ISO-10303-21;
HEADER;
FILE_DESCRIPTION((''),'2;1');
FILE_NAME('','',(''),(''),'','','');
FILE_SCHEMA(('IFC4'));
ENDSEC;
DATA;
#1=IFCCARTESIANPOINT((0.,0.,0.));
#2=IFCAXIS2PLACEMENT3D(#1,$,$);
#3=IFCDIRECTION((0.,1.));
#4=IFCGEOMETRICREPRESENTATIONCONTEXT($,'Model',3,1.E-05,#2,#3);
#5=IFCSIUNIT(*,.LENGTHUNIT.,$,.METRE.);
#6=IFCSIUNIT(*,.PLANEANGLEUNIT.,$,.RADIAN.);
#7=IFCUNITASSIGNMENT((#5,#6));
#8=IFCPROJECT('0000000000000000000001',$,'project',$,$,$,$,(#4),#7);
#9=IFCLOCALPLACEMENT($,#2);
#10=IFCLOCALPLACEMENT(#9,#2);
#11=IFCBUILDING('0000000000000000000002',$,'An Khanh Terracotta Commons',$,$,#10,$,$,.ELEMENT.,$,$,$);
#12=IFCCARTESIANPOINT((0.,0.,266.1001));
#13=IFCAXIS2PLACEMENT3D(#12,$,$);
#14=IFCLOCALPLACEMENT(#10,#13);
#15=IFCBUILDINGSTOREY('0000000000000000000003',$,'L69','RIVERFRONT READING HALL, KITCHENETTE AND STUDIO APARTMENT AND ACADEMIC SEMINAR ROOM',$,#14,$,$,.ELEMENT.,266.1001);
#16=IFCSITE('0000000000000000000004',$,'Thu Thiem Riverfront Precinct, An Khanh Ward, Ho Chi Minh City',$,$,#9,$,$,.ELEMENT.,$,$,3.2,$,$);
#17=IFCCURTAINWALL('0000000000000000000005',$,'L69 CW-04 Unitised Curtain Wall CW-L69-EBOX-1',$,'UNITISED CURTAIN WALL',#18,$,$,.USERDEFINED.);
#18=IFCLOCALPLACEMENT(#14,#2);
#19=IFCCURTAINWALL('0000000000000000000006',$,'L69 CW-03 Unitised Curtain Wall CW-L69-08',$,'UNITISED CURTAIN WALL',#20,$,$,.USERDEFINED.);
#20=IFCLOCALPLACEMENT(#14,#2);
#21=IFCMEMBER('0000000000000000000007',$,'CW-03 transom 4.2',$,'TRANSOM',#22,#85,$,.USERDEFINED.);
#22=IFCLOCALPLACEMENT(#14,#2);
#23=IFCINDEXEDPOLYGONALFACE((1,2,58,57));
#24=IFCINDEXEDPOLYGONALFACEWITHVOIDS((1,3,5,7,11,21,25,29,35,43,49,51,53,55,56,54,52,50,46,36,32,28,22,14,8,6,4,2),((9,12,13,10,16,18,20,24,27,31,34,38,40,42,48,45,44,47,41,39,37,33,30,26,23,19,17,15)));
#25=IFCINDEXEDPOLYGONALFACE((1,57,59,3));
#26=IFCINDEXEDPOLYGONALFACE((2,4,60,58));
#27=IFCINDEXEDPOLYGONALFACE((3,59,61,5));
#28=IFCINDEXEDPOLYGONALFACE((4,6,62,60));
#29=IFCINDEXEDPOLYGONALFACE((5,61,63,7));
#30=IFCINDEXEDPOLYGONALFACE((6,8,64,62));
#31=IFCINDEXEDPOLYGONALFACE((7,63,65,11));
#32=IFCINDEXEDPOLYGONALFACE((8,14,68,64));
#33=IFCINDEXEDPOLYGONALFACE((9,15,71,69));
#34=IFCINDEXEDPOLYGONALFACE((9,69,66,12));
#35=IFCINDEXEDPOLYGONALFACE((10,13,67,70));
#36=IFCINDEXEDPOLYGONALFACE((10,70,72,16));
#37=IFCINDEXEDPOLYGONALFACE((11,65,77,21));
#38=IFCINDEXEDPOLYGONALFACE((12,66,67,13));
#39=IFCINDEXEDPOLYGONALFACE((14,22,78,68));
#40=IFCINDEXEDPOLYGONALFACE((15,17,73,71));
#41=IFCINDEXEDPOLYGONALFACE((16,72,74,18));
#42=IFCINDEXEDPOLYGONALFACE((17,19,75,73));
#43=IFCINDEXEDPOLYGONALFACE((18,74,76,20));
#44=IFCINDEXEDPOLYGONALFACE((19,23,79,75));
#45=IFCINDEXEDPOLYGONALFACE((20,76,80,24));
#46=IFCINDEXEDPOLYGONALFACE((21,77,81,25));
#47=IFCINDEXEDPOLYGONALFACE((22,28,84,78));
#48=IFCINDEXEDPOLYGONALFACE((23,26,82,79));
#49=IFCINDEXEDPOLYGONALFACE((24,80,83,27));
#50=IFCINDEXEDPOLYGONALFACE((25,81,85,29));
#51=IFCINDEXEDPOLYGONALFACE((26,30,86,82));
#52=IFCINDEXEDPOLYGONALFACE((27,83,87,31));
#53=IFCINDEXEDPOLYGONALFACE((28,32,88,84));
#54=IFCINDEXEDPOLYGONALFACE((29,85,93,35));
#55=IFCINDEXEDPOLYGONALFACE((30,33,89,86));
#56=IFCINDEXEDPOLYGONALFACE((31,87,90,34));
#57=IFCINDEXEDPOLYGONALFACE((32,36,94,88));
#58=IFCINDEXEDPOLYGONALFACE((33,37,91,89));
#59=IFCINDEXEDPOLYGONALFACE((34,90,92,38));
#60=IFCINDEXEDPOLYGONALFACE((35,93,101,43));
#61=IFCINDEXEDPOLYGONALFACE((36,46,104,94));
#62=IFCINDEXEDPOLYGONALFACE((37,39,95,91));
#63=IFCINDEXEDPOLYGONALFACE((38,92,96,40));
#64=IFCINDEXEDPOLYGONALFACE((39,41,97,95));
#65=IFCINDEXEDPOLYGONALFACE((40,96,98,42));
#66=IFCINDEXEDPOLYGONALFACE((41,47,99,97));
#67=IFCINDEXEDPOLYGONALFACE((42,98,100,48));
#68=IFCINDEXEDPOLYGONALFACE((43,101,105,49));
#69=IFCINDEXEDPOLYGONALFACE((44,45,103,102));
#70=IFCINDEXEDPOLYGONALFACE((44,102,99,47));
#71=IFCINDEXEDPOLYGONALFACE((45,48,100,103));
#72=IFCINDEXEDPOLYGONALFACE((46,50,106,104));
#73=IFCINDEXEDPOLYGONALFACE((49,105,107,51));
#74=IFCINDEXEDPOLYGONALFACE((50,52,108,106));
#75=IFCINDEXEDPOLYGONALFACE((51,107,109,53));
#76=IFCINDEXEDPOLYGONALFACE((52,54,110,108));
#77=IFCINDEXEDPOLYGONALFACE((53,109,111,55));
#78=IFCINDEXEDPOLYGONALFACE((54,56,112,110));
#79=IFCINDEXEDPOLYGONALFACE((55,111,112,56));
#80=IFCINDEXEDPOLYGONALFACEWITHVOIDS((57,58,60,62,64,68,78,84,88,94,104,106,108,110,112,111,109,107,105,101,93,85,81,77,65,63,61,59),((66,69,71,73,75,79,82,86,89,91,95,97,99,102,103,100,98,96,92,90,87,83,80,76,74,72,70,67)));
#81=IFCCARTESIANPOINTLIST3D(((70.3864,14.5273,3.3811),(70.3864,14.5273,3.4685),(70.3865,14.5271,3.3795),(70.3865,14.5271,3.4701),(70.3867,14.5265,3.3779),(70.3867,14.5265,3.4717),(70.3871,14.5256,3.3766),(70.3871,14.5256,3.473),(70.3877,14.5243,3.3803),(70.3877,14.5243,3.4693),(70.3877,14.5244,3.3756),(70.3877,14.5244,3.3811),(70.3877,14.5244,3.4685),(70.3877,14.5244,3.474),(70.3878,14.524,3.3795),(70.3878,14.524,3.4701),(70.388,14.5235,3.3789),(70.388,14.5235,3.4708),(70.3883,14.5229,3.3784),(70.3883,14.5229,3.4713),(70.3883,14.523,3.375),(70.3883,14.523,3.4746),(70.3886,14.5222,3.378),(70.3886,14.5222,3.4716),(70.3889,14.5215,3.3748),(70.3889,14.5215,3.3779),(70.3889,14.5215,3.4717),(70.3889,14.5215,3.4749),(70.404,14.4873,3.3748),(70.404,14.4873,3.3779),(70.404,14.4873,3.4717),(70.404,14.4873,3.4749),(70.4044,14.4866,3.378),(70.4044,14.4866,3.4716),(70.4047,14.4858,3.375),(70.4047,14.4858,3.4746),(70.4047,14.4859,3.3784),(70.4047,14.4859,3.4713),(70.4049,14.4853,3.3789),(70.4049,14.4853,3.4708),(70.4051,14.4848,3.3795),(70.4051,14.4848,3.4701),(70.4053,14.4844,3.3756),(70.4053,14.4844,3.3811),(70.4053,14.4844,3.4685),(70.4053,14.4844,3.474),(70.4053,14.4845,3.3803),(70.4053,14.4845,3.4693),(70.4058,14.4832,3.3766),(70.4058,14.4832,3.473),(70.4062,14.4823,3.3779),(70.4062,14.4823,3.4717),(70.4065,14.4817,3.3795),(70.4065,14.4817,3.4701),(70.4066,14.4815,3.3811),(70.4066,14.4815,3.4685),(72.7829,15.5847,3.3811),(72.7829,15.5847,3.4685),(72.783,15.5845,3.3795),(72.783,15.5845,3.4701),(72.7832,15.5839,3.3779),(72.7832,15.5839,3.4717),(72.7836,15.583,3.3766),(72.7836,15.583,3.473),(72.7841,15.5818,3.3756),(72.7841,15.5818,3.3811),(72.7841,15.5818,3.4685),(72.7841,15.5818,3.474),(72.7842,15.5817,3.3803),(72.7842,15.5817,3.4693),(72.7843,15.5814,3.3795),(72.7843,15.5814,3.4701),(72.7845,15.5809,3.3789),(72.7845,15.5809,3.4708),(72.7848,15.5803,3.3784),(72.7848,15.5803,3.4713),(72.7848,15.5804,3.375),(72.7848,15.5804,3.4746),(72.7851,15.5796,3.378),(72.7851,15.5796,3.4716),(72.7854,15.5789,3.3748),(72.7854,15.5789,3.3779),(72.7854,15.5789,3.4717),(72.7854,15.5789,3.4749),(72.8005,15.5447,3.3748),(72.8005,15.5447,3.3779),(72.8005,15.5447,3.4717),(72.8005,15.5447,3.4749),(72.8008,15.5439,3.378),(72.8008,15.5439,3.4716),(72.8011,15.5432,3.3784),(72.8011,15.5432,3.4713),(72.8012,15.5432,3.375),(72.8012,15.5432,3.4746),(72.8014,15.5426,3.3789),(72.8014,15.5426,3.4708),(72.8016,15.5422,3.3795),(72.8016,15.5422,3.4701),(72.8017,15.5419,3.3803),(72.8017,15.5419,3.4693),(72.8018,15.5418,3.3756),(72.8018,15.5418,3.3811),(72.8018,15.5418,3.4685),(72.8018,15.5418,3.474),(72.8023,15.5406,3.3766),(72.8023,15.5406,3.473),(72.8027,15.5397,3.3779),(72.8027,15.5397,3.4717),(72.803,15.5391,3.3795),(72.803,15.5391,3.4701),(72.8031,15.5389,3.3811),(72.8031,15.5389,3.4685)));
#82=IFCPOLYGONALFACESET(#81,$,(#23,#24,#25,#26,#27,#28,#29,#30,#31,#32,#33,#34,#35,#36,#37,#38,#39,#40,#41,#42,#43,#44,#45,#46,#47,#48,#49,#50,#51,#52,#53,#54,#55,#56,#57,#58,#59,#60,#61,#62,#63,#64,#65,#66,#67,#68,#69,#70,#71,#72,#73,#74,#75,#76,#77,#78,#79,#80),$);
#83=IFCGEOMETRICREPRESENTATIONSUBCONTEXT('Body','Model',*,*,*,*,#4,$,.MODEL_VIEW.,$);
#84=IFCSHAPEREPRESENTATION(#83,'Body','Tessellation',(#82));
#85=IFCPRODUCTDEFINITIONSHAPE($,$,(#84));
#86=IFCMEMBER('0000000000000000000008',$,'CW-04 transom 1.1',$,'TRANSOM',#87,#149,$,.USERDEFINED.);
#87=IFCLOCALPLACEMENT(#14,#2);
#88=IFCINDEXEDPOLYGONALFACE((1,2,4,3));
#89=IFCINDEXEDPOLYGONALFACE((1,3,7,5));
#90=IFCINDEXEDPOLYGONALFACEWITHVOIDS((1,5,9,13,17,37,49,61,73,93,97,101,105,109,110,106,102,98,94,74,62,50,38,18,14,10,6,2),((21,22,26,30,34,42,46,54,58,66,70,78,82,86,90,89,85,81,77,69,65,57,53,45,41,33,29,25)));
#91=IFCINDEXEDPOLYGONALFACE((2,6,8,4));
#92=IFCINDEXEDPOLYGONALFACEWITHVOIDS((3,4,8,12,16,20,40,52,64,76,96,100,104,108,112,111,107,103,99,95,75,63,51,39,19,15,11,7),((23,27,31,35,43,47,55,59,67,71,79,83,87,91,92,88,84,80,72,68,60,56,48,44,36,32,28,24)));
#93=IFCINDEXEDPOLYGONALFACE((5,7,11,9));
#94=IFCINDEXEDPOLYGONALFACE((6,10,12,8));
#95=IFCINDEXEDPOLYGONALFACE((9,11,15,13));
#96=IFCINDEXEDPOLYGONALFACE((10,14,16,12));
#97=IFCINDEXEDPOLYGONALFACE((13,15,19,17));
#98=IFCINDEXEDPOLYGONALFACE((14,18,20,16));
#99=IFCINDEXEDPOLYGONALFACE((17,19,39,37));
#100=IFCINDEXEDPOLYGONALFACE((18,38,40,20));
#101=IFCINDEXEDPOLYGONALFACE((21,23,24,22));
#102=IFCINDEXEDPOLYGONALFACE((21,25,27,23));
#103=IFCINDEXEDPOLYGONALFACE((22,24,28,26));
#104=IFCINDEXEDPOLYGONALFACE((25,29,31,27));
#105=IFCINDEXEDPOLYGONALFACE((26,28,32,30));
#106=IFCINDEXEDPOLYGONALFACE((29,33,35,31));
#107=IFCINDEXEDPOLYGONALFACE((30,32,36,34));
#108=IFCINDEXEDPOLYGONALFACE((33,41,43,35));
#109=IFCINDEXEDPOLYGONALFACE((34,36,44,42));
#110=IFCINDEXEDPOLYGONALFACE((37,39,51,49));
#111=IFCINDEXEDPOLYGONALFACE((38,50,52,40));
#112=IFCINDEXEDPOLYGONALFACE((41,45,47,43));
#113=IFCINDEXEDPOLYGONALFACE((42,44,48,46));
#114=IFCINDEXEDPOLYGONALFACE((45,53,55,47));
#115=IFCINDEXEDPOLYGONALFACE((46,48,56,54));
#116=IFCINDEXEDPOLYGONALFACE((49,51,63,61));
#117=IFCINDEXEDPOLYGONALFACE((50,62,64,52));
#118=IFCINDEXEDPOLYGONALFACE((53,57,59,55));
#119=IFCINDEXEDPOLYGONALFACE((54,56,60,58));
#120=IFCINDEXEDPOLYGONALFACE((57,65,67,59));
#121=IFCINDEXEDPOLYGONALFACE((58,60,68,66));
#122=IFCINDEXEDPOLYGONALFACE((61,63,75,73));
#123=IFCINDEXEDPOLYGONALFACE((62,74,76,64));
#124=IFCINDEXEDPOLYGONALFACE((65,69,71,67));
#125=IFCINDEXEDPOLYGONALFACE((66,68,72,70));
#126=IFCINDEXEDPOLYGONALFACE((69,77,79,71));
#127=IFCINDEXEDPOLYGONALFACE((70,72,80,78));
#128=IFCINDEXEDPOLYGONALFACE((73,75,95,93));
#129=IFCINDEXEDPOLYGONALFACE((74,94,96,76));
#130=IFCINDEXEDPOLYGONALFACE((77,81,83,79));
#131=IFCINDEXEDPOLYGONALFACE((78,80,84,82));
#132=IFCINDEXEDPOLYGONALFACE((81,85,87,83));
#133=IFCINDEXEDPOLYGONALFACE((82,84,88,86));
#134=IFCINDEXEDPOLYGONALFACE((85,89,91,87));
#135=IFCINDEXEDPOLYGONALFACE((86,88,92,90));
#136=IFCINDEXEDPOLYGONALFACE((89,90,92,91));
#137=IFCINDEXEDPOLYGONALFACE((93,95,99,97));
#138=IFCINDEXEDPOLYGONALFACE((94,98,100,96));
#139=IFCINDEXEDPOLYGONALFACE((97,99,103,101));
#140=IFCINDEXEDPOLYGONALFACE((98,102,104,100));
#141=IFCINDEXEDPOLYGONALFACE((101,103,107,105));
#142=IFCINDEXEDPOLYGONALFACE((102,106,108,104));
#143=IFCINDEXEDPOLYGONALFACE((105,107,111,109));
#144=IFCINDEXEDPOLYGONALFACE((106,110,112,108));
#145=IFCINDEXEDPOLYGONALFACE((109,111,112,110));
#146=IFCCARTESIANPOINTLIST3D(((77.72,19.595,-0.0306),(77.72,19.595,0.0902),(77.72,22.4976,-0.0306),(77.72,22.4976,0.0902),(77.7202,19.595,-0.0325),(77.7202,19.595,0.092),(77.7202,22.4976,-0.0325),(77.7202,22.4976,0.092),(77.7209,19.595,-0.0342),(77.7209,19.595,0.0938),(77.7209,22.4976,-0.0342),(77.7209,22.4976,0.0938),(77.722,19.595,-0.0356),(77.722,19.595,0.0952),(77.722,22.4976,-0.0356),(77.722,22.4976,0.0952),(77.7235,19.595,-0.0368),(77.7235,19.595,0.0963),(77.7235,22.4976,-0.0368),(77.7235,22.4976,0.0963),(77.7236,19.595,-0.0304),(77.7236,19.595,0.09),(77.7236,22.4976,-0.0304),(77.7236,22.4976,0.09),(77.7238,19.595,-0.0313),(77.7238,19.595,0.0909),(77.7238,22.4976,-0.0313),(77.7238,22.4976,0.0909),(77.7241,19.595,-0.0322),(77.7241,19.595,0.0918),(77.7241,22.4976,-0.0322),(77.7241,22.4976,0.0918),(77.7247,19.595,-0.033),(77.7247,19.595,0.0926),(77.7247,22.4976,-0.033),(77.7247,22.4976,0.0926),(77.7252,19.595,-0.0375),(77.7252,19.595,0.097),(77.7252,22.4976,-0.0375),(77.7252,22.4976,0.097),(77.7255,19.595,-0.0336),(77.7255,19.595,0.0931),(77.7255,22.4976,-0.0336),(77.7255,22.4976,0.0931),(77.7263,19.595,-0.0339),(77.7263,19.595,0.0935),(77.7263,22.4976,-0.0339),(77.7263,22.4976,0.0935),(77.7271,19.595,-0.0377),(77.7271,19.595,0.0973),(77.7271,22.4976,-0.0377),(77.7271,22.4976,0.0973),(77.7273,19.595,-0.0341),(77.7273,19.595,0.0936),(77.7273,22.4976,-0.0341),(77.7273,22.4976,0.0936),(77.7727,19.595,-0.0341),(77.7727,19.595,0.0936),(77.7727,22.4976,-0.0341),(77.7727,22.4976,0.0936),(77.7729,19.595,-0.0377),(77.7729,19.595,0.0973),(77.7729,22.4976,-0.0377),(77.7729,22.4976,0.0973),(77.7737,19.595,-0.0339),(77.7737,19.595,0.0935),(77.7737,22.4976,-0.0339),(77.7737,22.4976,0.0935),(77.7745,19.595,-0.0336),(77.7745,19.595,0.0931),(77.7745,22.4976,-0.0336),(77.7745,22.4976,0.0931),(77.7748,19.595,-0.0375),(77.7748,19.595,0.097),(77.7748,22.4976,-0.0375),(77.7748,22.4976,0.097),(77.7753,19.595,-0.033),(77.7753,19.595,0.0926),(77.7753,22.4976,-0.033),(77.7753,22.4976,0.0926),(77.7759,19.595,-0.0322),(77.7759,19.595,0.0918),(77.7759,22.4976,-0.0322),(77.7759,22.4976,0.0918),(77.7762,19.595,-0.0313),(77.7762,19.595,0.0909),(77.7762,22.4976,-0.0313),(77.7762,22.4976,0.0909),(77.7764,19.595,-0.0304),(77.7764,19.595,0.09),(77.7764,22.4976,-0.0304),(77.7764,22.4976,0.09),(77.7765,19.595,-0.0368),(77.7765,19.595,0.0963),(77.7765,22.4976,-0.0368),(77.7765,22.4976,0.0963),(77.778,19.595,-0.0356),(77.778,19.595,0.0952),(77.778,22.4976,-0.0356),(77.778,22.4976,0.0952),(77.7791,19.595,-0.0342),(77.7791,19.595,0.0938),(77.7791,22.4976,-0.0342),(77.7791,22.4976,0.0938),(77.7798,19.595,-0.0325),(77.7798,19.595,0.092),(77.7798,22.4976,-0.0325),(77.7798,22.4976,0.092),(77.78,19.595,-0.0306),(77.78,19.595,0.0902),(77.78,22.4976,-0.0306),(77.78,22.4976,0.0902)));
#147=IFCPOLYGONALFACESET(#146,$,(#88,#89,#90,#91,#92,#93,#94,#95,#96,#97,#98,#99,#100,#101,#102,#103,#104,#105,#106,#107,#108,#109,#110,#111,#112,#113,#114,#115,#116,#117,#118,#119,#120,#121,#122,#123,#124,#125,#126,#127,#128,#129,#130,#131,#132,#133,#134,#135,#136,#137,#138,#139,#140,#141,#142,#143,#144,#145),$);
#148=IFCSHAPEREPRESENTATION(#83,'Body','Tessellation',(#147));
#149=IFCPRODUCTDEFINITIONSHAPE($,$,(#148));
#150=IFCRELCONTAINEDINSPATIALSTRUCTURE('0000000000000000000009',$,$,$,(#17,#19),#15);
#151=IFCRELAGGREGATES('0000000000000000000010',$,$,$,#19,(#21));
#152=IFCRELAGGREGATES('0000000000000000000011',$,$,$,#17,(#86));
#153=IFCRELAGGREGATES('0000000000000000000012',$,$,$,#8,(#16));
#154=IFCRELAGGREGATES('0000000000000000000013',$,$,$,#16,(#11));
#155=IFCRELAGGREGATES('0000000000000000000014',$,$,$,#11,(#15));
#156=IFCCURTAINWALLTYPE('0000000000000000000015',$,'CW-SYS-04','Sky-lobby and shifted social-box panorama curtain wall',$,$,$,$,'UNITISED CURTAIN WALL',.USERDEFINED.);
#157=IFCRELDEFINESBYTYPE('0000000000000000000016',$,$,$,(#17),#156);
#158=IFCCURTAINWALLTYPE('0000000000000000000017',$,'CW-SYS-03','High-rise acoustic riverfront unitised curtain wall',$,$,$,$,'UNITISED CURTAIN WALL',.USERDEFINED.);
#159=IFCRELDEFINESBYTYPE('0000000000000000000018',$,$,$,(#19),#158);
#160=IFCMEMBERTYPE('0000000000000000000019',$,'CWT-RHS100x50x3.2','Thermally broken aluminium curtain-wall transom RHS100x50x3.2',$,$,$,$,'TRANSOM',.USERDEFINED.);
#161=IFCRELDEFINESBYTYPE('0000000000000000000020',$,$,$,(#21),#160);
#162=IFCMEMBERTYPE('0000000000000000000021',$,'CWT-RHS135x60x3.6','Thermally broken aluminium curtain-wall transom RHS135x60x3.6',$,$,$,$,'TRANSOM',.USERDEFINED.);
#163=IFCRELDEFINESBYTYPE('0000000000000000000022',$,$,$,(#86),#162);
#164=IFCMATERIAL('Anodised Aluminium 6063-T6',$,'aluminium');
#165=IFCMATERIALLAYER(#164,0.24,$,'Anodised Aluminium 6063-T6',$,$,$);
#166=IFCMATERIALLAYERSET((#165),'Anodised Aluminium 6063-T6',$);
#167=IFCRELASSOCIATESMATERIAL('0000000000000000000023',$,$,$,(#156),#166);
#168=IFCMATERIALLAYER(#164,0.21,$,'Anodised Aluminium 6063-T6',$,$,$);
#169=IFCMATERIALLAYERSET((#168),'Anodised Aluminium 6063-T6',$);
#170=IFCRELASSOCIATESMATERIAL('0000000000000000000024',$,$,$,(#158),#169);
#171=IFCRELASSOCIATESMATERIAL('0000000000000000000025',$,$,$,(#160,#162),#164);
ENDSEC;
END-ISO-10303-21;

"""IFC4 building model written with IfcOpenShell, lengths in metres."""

from ifc_helpers import new_model, si_unit, direction, frame, origin, origin_2d, place, context, subcontext, project, spatial, hollow_rectangle, extrude, material, layer, layer_set, material_profile, profile_set, type_object, element, aggregate, save


model = new_model("IFC4")

# Units and contexts
model_context = context("Model", 3, precision=1e-05, world=origin(), true_north=direction((0.0, 1.0)))
body_context = subcontext(model_context, "Body", "Model", "MODEL_VIEW")
ifc_project = project(units=[si_unit("LENGTHUNIT", "METRE"), si_unit("PLANEANGLEUNIT", "RADIAN")], contexts=[model_context])

# Site, building, storey
site_placement = place(None, origin())
site = spatial("IfcSite", under=ifc_project, at=site_placement, Name="Thu Thiem Riverfront Precinct, An Khanh Ward, Ho Chi Minh City", CompositionType="ELEMENT", RefElevation=3.2)
building_placement = place(site_placement, origin())
building = spatial("IfcBuilding", under=site, at=building_placement, Name="An Khanh Terracotta Commons", CompositionType="ELEMENT")
storey_placement = place(building_placement, frame((0.0, 0.0, 266.1001)))
storey = spatial("IfcBuildingStorey", under=building, at=storey_placement, Name="L69", Description="RIVERFRONT READING HALL, KITCHENETTE AND STUDIO APARTMENT AND ACADEMIC SEMINAR ROOM", CompositionType="ELEMENT", Elevation=266.1001)

# Curtain walls, member
ifc_material_1 = material(Name="Anodised Aluminium 6063-T6", Category="aluminium")
ifc_layer_1 = layer(ifc_material_1, 0.24, Name="Anodised Aluminium 6063-T6")
ifc_layer_set_1 = layer_set([ifc_layer_1], Name="Anodised Aluminium 6063-T6")
curtain_wall_type_1 = type_object("IfcCurtainWallType", Name="CW-SYS-04", Description="Sky-lobby and shifted social-box panorama curtain wall", ElementType="UNITISED CURTAIN WALL", PredefinedType="USERDEFINED", material=ifc_layer_set_1)
curtain_wall_1_placement = place(storey_placement, origin())
curtain_wall_1 = element("IfcCurtainWall", 1, at=curtain_wall_1_placement, inside=storey, type_object=curtain_wall_type_1, Name="L69 CW-04 Unitised Curtain Wall CW-L69-EBOX-1", ObjectType="UNITISED CURTAIN WALL", PredefinedType="USERDEFINED")
ifc_layer_2 = layer(ifc_material_1, 0.21, Name="Anodised Aluminium 6063-T6")
ifc_layer_set_2 = layer_set([ifc_layer_2], Name="Anodised Aluminium 6063-T6")
curtain_wall_type_2 = type_object("IfcCurtainWallType", Name="CW-SYS-03", Description="High-rise acoustic riverfront unitised curtain wall", ElementType="UNITISED CURTAIN WALL", PredefinedType="USERDEFINED", material=ifc_layer_set_2)
curtain_wall_2_placement = place(storey_placement, origin())
curtain_wall_2 = element("IfcCurtainWall", 2, at=curtain_wall_2_placement, inside=storey, type_object=curtain_wall_type_2, Name="L69 CW-03 Unitised Curtain Wall CW-L69-08", ObjectType="UNITISED CURTAIN WALL", PredefinedType="USERDEFINED")
ifc_material_profile_1 = material_profile(ifc_material_1, hollow_rectangle(XDim=0.05, YDim=0.1001, WallThickness=0.0032, InnerFilletRadius=0.0032, OuterFilletRadius=0.0063, at=origin_2d()), Name="RHS100x50x3.2")
ifc_profile_set_1 = profile_set([ifc_material_profile_1], Name="Anodised Aluminium 6063-T6")
member_type_1 = type_object("IfcMemberType", Name="CWT-RHS100x50x3.2", Description="Thermally broken aluminium curtain-wall transom RHS100x50x3.2", ElementType="TRANSOM", PredefinedType="USERDEFINED", material=ifc_profile_set_1)
member_1_placement = place(storey_placement, frame((70.3965, 14.5044, 3.4248), z_axis=(0.914904, 0.403672, 0.0), x_axis=(-0.403672, 0.914904, 0.0)))
member_1 = element("IfcMember", 3, at=member_1_placement, type_object=member_type_1, Name="CW-03 transom 4.2", ObjectType="TRANSOM", PredefinedType="USERDEFINED", context=body_context, shape_type="SweptSolid", body=[
    extrude(hollow_rectangle(XDim=0.05, YDim=0.1001, WallThickness=0.0032, InnerFilletRadius=0.0032, OuterFilletRadius=0.0063, at=origin_2d()), origin(), (0.0, 0.0, 1.0), 2.6194),
])

# Member
ifc_material_profile_2 = material_profile(ifc_material_1, hollow_rectangle(XDim=0.0601, YDim=0.135, WallThickness=0.0037, InnerFilletRadius=0.0037, OuterFilletRadius=0.0071, at=origin_2d()), Name="RHS135x60x3.6")
ifc_profile_set_2 = profile_set([ifc_material_profile_2], Name="Anodised Aluminium 6063-T6")
member_type_2 = type_object("IfcMemberType", Name="CWT-RHS135x60x3.6", Description="Thermally broken aluminium curtain-wall transom RHS135x60x3.6", ElementType="TRANSOM", PredefinedType="USERDEFINED", material=ifc_profile_set_2)
member_2_placement = place(storey_placement, frame((77.75, 19.595, 0.0298), z_axis=(0.0, 1.0, 0.0), x_axis=(-1.0, 0.0, 0.0)))
member_2 = element("IfcMember", 4, at=member_2_placement, type_object=member_type_2, Name="CW-04 transom 1.1", ObjectType="TRANSOM", PredefinedType="USERDEFINED", context=body_context, shape_type="SweptSolid", body=[
    extrude(hollow_rectangle(XDim=0.0601, YDim=0.135, WallThickness=0.0037, InnerFilletRadius=0.0037, OuterFilletRadius=0.0071, at=origin_2d()), origin(), (0.0, 0.0, 1.0), 2.9026),
])

aggregate(curtain_wall_2, [member_1])
aggregate(curtain_wall_1, [member_2])

save(model, "model.ifc")
